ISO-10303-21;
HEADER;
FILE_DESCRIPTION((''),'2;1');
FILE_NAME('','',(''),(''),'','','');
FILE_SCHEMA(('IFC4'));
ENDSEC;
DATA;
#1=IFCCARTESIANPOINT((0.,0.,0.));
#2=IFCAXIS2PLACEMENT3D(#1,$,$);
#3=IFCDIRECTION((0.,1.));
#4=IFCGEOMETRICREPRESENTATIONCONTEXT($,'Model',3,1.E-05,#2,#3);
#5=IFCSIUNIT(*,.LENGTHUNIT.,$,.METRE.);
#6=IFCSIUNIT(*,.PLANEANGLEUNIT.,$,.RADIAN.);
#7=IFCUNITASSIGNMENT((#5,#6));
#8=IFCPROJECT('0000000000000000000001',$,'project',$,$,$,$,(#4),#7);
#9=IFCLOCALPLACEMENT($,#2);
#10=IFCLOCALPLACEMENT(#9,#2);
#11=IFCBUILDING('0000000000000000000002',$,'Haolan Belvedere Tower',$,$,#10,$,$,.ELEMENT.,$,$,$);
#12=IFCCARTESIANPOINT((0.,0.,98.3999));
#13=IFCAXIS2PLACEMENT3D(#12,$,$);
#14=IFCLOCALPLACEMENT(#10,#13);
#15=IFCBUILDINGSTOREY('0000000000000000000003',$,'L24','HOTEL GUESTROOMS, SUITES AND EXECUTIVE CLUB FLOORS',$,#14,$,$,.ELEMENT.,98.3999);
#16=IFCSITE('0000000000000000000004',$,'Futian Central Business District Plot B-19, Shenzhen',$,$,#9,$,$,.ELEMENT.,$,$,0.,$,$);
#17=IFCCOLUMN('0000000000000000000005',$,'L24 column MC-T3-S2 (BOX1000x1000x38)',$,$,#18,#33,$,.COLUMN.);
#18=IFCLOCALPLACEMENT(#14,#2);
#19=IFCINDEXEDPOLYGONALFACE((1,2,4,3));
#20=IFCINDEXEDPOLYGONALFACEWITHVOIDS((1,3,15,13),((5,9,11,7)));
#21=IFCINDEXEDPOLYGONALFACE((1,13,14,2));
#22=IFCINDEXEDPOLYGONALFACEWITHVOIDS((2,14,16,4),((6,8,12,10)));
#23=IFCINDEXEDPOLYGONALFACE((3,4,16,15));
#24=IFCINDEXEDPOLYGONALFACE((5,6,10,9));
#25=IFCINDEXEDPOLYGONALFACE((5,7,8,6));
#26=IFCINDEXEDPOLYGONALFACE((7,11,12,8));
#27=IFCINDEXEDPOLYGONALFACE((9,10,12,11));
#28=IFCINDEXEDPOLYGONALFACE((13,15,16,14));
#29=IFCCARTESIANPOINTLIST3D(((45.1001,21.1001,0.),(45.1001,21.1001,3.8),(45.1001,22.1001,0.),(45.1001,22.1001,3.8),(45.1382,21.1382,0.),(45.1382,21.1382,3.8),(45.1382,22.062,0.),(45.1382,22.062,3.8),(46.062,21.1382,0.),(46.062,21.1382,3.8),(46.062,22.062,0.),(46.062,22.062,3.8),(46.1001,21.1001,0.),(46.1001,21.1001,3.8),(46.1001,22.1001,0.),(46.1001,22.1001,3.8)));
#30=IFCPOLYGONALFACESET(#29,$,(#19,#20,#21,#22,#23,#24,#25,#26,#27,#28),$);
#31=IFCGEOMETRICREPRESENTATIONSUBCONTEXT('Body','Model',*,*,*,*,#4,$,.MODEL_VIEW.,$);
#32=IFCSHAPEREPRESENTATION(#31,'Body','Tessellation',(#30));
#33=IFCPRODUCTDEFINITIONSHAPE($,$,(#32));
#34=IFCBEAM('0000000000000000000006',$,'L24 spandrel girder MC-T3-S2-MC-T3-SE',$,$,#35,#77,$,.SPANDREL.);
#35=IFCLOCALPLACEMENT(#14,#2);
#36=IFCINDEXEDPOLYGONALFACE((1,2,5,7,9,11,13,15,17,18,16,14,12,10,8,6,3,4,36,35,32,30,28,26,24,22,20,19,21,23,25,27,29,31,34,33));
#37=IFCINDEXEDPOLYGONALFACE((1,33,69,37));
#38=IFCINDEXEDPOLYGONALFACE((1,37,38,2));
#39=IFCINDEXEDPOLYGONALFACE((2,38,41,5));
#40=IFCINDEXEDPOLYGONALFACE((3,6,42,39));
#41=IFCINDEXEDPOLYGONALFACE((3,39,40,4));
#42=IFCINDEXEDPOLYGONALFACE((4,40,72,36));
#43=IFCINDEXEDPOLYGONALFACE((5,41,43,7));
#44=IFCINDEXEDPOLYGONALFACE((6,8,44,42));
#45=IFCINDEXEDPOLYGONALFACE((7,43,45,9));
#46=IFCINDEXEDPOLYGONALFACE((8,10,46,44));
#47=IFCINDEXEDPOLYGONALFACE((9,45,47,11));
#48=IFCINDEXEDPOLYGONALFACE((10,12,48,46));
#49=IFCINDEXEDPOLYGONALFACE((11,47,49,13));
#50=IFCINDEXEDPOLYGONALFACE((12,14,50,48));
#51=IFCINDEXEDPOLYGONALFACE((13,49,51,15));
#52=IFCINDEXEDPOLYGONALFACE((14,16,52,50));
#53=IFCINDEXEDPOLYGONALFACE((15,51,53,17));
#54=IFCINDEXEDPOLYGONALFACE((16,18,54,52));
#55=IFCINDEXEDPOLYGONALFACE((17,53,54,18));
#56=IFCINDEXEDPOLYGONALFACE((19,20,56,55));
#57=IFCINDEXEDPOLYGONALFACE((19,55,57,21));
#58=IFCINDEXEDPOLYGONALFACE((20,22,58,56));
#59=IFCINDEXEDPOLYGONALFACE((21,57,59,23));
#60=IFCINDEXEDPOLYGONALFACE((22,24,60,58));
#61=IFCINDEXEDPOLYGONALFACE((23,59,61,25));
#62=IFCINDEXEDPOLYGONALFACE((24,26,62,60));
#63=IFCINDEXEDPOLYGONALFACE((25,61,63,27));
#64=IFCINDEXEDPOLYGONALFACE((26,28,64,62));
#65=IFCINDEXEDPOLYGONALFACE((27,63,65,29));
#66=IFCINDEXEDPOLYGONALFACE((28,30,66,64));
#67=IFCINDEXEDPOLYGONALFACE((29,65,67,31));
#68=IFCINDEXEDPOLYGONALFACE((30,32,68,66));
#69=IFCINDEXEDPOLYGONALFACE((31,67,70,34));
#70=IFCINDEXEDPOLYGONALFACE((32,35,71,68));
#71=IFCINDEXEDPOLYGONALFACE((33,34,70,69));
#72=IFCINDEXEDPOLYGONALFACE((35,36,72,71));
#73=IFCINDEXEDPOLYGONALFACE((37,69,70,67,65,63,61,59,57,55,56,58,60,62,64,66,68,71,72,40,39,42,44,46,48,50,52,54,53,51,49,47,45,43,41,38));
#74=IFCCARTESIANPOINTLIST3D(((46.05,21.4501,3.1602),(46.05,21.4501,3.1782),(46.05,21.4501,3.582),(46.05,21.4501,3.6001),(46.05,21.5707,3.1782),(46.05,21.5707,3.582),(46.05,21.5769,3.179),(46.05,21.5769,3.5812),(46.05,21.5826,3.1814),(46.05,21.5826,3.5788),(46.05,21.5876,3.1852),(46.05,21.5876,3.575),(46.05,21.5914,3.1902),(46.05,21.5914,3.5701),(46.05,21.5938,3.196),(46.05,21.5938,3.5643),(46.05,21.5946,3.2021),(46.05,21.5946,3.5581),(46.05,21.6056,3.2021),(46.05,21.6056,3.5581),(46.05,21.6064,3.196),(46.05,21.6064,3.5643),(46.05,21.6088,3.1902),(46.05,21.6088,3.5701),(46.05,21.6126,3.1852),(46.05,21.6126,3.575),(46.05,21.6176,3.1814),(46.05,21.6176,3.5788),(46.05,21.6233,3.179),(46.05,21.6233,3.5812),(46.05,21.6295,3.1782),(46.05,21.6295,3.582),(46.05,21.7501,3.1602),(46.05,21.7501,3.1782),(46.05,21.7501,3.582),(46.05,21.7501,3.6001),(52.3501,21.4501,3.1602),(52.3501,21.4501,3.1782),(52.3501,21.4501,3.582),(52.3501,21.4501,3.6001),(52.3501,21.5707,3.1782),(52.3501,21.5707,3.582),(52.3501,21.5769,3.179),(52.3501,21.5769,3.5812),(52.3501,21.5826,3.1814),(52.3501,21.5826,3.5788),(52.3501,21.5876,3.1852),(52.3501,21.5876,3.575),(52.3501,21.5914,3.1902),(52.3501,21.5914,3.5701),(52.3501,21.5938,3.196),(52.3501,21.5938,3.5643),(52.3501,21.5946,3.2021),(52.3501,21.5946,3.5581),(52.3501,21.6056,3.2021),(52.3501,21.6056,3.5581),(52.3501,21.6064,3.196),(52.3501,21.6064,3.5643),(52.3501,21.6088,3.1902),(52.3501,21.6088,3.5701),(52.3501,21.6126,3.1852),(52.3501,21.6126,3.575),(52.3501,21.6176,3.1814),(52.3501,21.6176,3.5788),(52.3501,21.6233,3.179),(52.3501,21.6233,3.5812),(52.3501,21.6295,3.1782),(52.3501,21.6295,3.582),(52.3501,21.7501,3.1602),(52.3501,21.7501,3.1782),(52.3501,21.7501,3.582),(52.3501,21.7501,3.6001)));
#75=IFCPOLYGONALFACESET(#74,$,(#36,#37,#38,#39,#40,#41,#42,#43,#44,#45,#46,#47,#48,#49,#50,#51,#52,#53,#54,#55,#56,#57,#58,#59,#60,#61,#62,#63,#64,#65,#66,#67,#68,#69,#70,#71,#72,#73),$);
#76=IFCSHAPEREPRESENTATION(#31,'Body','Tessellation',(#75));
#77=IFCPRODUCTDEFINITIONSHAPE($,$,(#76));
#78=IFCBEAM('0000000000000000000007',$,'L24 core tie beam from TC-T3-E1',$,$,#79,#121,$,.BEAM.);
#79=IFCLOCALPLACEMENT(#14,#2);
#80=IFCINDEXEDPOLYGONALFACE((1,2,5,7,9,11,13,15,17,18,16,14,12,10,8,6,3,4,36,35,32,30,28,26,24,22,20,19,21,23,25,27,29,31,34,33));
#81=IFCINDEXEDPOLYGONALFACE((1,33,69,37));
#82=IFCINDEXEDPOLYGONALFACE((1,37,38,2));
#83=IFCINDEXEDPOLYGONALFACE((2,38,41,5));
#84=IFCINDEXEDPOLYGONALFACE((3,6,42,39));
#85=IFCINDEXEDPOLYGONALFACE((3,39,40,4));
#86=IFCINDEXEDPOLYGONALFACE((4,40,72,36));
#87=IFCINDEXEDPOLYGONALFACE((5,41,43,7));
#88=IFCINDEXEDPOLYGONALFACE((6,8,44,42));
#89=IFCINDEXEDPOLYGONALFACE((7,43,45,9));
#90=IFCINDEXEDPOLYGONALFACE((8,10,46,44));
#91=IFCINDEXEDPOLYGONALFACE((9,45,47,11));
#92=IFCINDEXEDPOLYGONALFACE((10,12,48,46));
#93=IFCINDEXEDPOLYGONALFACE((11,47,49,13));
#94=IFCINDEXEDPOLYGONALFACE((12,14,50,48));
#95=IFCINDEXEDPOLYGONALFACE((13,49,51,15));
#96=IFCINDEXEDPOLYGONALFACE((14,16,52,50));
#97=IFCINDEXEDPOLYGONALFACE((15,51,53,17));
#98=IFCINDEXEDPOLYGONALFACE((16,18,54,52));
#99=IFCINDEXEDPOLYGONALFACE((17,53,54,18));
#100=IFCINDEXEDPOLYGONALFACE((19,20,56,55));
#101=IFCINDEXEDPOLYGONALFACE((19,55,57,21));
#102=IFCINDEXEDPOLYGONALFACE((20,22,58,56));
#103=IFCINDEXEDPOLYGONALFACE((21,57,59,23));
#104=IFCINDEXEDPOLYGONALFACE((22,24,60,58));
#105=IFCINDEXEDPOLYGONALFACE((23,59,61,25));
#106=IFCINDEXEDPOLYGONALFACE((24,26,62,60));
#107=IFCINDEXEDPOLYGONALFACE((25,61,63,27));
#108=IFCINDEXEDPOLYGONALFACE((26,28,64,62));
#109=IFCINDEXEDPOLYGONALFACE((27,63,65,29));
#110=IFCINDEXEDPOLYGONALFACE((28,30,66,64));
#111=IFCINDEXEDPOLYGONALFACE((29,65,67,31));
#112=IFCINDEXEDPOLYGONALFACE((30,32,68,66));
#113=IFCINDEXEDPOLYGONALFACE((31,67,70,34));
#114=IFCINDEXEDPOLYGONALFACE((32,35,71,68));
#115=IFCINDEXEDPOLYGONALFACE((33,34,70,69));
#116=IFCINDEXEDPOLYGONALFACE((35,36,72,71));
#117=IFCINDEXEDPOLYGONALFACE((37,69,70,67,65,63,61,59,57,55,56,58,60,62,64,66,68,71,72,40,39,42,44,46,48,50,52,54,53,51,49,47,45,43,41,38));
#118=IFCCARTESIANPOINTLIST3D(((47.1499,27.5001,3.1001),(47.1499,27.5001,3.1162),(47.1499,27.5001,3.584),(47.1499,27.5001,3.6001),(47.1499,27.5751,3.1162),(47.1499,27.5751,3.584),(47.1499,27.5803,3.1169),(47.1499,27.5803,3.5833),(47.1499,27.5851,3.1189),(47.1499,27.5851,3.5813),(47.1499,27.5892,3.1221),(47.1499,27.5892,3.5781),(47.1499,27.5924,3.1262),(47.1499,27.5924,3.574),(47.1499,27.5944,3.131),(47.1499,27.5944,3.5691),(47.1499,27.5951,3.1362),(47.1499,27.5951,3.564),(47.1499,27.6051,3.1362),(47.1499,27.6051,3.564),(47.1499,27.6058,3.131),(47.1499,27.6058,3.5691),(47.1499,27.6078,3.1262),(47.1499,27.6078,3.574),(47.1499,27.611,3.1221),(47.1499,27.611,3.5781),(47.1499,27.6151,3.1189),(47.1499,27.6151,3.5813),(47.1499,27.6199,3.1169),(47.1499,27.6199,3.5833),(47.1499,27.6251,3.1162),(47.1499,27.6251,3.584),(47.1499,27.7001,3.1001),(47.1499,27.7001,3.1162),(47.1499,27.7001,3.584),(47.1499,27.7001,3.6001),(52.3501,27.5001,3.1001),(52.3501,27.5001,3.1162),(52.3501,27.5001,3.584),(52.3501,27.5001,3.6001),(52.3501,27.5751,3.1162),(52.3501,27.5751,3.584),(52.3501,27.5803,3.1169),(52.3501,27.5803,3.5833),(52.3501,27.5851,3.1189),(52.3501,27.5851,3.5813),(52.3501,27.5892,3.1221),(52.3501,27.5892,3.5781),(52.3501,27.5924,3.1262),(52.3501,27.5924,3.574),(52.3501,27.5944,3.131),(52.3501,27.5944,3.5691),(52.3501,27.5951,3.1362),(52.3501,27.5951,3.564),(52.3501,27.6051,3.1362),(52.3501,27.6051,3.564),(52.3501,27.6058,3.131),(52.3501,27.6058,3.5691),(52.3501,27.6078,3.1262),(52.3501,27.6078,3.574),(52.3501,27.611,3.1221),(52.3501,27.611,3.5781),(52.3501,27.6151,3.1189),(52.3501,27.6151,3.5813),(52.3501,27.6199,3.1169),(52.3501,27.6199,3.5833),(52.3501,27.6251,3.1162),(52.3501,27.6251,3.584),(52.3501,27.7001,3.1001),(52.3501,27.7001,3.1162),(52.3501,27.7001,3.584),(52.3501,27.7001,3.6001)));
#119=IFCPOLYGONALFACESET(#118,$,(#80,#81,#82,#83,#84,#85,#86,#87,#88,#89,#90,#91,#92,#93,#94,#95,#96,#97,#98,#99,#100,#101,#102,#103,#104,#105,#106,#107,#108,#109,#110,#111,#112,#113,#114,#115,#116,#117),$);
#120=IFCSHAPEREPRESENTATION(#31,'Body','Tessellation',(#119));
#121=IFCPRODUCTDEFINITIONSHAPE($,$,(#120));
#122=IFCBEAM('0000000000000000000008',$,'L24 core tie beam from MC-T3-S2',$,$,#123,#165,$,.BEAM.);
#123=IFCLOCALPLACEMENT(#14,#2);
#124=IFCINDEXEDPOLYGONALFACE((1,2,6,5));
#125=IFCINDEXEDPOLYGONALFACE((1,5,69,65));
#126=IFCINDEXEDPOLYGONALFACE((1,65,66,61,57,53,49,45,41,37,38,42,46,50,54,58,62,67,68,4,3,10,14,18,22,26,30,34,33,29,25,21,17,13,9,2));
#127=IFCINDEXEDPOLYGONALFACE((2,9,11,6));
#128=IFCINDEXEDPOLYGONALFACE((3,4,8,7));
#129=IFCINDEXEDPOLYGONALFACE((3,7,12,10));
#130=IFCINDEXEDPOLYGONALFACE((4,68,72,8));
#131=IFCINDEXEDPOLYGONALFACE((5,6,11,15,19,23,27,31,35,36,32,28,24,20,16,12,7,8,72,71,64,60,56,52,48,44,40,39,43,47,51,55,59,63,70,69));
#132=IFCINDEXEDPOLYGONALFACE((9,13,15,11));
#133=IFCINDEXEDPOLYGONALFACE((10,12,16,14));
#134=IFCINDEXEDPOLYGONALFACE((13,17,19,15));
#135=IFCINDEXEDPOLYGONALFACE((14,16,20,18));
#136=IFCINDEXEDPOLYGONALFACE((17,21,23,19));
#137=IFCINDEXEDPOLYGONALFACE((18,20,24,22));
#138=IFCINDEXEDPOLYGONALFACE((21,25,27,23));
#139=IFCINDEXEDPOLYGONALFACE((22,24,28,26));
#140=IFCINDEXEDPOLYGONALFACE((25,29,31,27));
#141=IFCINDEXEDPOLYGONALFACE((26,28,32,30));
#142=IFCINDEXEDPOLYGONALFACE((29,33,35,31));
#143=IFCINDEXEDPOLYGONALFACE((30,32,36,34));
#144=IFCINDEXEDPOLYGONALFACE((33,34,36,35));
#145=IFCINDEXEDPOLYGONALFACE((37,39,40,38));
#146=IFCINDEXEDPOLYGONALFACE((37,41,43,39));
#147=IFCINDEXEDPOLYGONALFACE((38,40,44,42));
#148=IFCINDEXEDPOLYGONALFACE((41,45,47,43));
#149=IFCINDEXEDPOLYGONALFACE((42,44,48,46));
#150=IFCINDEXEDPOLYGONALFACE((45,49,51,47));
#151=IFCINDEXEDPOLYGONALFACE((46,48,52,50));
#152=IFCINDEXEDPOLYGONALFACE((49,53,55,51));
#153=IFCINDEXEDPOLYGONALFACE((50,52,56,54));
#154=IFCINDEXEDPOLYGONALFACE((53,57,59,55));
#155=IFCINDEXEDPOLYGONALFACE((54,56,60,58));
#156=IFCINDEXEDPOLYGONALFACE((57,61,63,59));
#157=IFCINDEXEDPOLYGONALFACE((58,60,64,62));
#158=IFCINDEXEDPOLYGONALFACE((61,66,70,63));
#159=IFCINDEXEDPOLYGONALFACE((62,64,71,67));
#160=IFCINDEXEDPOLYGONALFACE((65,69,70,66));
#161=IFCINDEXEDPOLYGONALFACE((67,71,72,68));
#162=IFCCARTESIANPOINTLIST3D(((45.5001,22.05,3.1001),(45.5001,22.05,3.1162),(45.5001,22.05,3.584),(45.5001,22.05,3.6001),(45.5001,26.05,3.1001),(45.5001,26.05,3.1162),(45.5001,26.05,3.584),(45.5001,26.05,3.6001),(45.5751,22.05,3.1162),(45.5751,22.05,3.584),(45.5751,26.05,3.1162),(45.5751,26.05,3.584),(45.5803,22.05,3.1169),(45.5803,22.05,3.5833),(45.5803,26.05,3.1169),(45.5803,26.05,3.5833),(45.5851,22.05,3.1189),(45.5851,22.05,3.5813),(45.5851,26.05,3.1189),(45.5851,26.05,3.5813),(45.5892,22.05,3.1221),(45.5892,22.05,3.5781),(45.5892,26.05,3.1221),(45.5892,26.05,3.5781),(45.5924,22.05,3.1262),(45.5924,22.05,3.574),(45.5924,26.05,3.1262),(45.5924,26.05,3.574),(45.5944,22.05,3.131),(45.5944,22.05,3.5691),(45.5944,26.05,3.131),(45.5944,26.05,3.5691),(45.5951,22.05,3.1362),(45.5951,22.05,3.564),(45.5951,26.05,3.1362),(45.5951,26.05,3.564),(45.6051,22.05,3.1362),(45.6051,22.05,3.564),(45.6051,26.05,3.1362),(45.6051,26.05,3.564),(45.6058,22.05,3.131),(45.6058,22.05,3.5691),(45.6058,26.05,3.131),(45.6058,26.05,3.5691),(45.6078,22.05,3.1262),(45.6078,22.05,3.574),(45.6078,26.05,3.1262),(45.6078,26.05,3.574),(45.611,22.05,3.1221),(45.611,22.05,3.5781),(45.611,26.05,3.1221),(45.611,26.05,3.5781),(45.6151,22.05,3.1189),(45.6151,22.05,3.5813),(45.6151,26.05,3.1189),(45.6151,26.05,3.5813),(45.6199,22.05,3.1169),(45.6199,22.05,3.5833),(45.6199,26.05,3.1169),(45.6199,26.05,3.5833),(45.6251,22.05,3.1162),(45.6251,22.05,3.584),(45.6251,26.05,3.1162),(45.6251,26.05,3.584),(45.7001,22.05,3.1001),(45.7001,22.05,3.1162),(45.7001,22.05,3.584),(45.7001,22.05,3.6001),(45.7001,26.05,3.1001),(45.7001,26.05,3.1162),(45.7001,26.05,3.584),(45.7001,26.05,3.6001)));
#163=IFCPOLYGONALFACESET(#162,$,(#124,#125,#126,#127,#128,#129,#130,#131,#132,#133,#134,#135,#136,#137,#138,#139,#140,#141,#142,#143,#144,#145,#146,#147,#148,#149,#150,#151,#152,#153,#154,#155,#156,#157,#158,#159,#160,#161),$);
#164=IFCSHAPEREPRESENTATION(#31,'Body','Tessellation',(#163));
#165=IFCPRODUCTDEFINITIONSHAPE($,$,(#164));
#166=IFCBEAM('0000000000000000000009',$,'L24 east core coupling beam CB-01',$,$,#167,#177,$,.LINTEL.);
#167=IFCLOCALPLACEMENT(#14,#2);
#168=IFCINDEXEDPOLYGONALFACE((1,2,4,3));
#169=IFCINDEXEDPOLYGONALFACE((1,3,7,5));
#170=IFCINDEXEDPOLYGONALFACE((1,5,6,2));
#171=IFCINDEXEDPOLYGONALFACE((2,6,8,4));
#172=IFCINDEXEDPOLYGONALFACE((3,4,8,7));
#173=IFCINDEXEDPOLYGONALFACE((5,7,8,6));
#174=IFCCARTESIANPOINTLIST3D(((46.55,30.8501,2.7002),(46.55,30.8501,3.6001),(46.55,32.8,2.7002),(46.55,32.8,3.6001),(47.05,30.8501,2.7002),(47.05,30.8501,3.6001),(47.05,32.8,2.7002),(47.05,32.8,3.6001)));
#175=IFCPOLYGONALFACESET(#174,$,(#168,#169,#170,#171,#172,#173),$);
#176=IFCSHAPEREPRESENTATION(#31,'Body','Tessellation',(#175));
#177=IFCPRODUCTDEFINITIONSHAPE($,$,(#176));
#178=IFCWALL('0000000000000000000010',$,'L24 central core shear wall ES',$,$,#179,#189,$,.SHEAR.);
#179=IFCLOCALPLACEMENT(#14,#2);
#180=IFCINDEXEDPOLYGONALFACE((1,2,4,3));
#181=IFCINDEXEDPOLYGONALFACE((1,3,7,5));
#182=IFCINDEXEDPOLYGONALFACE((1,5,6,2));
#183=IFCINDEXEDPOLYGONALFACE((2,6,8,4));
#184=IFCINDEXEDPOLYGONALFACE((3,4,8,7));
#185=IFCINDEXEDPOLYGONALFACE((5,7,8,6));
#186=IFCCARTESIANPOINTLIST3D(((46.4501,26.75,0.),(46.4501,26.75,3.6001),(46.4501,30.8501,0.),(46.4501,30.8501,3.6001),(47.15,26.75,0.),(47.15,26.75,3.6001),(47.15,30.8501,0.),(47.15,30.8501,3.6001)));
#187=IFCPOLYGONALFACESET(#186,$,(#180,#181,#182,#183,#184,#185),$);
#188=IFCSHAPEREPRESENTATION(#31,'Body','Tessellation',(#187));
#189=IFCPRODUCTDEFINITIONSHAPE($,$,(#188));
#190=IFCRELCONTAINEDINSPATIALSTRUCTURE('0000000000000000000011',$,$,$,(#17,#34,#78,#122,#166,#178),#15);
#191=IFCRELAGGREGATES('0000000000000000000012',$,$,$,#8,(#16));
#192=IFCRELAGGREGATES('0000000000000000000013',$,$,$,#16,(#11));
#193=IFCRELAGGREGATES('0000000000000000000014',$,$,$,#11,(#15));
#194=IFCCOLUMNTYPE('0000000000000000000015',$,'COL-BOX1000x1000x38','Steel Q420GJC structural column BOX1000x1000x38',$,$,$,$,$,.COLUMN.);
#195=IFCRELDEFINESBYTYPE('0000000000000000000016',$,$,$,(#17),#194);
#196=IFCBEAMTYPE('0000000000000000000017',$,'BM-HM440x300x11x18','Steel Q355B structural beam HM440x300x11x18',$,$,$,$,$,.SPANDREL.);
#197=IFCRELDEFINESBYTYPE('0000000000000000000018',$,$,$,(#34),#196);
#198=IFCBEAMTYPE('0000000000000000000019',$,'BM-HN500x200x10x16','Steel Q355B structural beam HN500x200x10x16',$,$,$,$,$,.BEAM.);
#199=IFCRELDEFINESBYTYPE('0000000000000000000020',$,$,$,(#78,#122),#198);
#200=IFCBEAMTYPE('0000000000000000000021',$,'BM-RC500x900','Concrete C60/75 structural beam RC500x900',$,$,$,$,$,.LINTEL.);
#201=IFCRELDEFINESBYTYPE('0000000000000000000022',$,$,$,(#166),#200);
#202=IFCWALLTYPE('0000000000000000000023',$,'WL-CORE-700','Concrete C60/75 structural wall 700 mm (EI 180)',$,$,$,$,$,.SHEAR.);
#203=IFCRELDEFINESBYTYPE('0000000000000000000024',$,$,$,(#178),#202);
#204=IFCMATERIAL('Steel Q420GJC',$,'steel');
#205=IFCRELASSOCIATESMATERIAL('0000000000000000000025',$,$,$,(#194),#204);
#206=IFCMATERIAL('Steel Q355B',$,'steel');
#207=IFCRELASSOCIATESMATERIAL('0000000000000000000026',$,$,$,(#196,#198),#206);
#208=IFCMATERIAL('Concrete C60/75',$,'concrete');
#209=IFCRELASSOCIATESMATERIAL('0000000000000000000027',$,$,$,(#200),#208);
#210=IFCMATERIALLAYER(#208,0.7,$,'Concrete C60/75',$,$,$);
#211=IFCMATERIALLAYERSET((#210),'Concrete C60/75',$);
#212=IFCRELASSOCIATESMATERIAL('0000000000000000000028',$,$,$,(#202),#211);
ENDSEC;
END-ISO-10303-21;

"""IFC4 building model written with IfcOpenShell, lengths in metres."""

from ifc_helpers import new_model, si_unit, direction, frame, frame_2d, origin, origin_2d, place, context, subcontext, project, spatial, rectangle, hollow_rectangle, i_section, extrude, material, layer, layer_set, material_profile, profile_set, type_object, element, save


model = new_model("IFC4")

# Units and contexts
model_context = context("Model", 3, precision=1e-05, world=origin(), true_north=direction((0.0, 1.0)))
body_context = subcontext(model_context, "Body", "Model", "MODEL_VIEW")
ifc_project = project(units=[si_unit("LENGTHUNIT", "METRE"), si_unit("PLANEANGLEUNIT", "RADIAN")], contexts=[model_context])

# Site, building, storey
site_placement = place(None, origin())
site = spatial("IfcSite", under=ifc_project, at=site_placement, Name="Futian Central Business District Plot B-19, Shenzhen", CompositionType="ELEMENT", RefElevation=0.0)
building_placement = place(site_placement, origin())
building = spatial("IfcBuilding", under=site, at=building_placement, Name="Haolan Belvedere Tower", CompositionType="ELEMENT")
storey_placement = place(building_placement, frame((0.0, 0.0, 98.3999)))
storey = spatial("IfcBuildingStorey", under=building, at=storey_placement, Name="L24", Description="HOTEL GUESTROOMS, SUITES AND EXECUTIVE CLUB FLOORS", CompositionType="ELEMENT", Elevation=98.3999)

# Column
ifc_material_1 = material(Name="Steel Q420GJC", Category="steel")
ifc_material_profile_1 = material_profile(ifc_material_1, hollow_rectangle(XDim=1.0, YDim=1.0, WallThickness=0.0381, at=origin_2d()), Name="Steel Q420GJC")
ifc_profile_set_1 = profile_set([ifc_material_profile_1], Name="Steel Q420GJC")
column_type = type_object("IfcColumnType", Name="COL-BOX1000x1000x38", Description="Steel Q420GJC structural column BOX1000x1000x38", PredefinedType="COLUMN", material=ifc_profile_set_1)
column_placement = place(storey_placement, frame((45.6001, 21.6001, 0.0), z_axis=(0.0, 0.0, 1.0), x_axis=(1.0, 0.0, 0.0)))
element("IfcColumn", 1, at=column_placement, inside=storey, type_object=column_type, Name="L24 column MC-T3-S2 (BOX1000x1000x38)", PredefinedType="COLUMN", context=body_context, shape_type="SweptSolid", body=[
    extrude(hollow_rectangle(XDim=1.0, YDim=1.0, WallThickness=0.0381, at=origin_2d()), origin(), (0.0, 0.0, 1.0), 3.8),
])

# Beams
ifc_material_2 = material(Name="Steel Q355B", Category="steel")
ifc_material_profile_2 = material_profile(ifc_material_2, i_section(OverallWidth=0.3, OverallDepth=0.4399, WebThickness=0.011, FlangeThickness=0.0181, FilletRadius=0.0239, at=origin_2d()), Name="Steel Q355B")
ifc_profile_set_2 = profile_set([ifc_material_profile_2], Name="Steel Q355B")
beam_type_1 = type_object("IfcBeamType", Name="BM-HM440x300x11x18", Description="Steel Q355B structural beam HM440x300x11x18", PredefinedType="SPANDREL", material=ifc_profile_set_2)
beam_1_placement = place(storey_placement, frame((46.05, 21.6001, 3.3801), z_axis=(1.0, 0.0, 0.0), x_axis=(0.0, 1.0, 0.0)))
element("IfcBeam", 2, at=beam_1_placement, inside=storey, type_object=beam_type_1, Name="L24 spandrel girder MC-T3-S2-MC-T3-SE", PredefinedType="SPANDREL", context=body_context, shape_type="SweptSolid", body=[
    extrude(i_section(OverallWidth=0.3, OverallDepth=0.4399, WebThickness=0.011, FlangeThickness=0.0181, FilletRadius=0.0239, at=origin_2d()), origin(), (0.0, 0.0, 1.0), 6.3),
])
ifc_material_profile_3 = material_profile(ifc_material_2, i_section(OverallWidth=0.2, OverallDepth=0.5, WebThickness=0.01, FlangeThickness=0.0161, FilletRadius=0.02, at=origin_2d()), Name="Steel Q355B")
ifc_profile_set_3 = profile_set([ifc_material_profile_3], Name="Steel Q355B")
beam_type_2 = type_object("IfcBeamType", Name="BM-HN500x200x10x16", Description="Steel Q355B structural beam HN500x200x10x16", PredefinedType="BEAM", material=ifc_profile_set_3)
beam_2_placement = place(storey_placement, frame((52.3501, 27.6001, 3.3501), z_axis=(-1.0, 0.0, 0.0), x_axis=(0.0, -1.0, 0.0)))
element("IfcBeam", 3, at=beam_2_placement, inside=storey, type_object=beam_type_2, Name="L24 core tie beam from TC-T3-E1", PredefinedType="BEAM", context=body_context, shape_type="SweptSolid", body=[
    extrude(i_section(OverallWidth=0.2, OverallDepth=0.5, WebThickness=0.01, FlangeThickness=0.0161, FilletRadius=0.02, at=origin_2d()), origin(), (0.0, 0.0, 1.0), 5.2002),
])
beam_3_placement = place(storey_placement, frame((45.6001, 22.05, 3.3501), z_axis=(0.0, 1.0, 0.0), x_axis=(-1.0, 0.0, 0.0)))
element("IfcBeam", 4, at=beam_3_placement, inside=storey, type_object=beam_type_2, Name="L24 core tie beam from MC-T3-S2", PredefinedType="BEAM", context=body_context, shape_type="SweptSolid", body=[
    extrude(i_section(OverallWidth=0.2, OverallDepth=0.5, WebThickness=0.01, FlangeThickness=0.0161, FilletRadius=0.02, at=origin_2d()), origin(), (0.0, 0.0, 1.0), 4.0),
])
ifc_material_3 = material(Name="Concrete C60/75", Category="concrete")
ifc_material_profile_4 = material_profile(ifc_material_3, rectangle(XDim=0.5, YDim=0.8999, at=origin_2d()), Name="Concrete C60/75")
ifc_profile_set_4 = profile_set([ifc_material_profile_4], Name="Concrete C60/75")
beam_type_3 = type_object("IfcBeamType", Name="BM-RC500x900", Description="Concrete C60/75 structural beam RC500x900", PredefinedType="LINTEL", material=ifc_profile_set_4)
beam_4_placement = place(storey_placement, frame((46.8, 30.8501, 3.1501), z_axis=(0.0, 1.0, 0.0), x_axis=(-1.0, 0.0, 0.0)))
element("IfcBeam", 5, at=beam_4_placement, inside=storey, type_object=beam_type_3, Name="L24 east core coupling beam CB-01", PredefinedType="LINTEL", context=body_context, shape_type="SweptSolid", body=[
    extrude(rectangle(XDim=0.5, YDim=0.8999, at=origin_2d()), origin(), (0.0, 0.0, 1.0), 1.95),
])

# Wall
ifc_layer_1 = layer(ifc_material_3, 0.7, Name="Concrete C60/75")
ifc_layer_set_1 = layer_set([ifc_layer_1], Name="Concrete C60/75")
wall_type_1 = type_object("IfcWallType", Name="WL-CORE-700", Description="Concrete C60/75 structural wall 700 mm (EI 180)", PredefinedType="SHEAR", material=ifc_layer_set_1)
wall_1_placement = place(storey_placement, frame((46.8, 26.75, 0.0), z_axis=(0.0, 0.0, 1.0), x_axis=(0.0, 1.0, 0.0)))
element("IfcWall", 6, at=wall_1_placement, inside=storey, type_object=wall_type_1, Name="L24 central core shear wall ES", PredefinedType="SHEAR", context=body_context, shape_type="SweptSolid", body=[
    extrude(rectangle(XDim=4.1001, YDim=0.7, at=frame_2d((2.05, 0.0))), origin(), (0.0, 0.0, 1.0), 3.6001),
])

save(model, "model.ifc")
